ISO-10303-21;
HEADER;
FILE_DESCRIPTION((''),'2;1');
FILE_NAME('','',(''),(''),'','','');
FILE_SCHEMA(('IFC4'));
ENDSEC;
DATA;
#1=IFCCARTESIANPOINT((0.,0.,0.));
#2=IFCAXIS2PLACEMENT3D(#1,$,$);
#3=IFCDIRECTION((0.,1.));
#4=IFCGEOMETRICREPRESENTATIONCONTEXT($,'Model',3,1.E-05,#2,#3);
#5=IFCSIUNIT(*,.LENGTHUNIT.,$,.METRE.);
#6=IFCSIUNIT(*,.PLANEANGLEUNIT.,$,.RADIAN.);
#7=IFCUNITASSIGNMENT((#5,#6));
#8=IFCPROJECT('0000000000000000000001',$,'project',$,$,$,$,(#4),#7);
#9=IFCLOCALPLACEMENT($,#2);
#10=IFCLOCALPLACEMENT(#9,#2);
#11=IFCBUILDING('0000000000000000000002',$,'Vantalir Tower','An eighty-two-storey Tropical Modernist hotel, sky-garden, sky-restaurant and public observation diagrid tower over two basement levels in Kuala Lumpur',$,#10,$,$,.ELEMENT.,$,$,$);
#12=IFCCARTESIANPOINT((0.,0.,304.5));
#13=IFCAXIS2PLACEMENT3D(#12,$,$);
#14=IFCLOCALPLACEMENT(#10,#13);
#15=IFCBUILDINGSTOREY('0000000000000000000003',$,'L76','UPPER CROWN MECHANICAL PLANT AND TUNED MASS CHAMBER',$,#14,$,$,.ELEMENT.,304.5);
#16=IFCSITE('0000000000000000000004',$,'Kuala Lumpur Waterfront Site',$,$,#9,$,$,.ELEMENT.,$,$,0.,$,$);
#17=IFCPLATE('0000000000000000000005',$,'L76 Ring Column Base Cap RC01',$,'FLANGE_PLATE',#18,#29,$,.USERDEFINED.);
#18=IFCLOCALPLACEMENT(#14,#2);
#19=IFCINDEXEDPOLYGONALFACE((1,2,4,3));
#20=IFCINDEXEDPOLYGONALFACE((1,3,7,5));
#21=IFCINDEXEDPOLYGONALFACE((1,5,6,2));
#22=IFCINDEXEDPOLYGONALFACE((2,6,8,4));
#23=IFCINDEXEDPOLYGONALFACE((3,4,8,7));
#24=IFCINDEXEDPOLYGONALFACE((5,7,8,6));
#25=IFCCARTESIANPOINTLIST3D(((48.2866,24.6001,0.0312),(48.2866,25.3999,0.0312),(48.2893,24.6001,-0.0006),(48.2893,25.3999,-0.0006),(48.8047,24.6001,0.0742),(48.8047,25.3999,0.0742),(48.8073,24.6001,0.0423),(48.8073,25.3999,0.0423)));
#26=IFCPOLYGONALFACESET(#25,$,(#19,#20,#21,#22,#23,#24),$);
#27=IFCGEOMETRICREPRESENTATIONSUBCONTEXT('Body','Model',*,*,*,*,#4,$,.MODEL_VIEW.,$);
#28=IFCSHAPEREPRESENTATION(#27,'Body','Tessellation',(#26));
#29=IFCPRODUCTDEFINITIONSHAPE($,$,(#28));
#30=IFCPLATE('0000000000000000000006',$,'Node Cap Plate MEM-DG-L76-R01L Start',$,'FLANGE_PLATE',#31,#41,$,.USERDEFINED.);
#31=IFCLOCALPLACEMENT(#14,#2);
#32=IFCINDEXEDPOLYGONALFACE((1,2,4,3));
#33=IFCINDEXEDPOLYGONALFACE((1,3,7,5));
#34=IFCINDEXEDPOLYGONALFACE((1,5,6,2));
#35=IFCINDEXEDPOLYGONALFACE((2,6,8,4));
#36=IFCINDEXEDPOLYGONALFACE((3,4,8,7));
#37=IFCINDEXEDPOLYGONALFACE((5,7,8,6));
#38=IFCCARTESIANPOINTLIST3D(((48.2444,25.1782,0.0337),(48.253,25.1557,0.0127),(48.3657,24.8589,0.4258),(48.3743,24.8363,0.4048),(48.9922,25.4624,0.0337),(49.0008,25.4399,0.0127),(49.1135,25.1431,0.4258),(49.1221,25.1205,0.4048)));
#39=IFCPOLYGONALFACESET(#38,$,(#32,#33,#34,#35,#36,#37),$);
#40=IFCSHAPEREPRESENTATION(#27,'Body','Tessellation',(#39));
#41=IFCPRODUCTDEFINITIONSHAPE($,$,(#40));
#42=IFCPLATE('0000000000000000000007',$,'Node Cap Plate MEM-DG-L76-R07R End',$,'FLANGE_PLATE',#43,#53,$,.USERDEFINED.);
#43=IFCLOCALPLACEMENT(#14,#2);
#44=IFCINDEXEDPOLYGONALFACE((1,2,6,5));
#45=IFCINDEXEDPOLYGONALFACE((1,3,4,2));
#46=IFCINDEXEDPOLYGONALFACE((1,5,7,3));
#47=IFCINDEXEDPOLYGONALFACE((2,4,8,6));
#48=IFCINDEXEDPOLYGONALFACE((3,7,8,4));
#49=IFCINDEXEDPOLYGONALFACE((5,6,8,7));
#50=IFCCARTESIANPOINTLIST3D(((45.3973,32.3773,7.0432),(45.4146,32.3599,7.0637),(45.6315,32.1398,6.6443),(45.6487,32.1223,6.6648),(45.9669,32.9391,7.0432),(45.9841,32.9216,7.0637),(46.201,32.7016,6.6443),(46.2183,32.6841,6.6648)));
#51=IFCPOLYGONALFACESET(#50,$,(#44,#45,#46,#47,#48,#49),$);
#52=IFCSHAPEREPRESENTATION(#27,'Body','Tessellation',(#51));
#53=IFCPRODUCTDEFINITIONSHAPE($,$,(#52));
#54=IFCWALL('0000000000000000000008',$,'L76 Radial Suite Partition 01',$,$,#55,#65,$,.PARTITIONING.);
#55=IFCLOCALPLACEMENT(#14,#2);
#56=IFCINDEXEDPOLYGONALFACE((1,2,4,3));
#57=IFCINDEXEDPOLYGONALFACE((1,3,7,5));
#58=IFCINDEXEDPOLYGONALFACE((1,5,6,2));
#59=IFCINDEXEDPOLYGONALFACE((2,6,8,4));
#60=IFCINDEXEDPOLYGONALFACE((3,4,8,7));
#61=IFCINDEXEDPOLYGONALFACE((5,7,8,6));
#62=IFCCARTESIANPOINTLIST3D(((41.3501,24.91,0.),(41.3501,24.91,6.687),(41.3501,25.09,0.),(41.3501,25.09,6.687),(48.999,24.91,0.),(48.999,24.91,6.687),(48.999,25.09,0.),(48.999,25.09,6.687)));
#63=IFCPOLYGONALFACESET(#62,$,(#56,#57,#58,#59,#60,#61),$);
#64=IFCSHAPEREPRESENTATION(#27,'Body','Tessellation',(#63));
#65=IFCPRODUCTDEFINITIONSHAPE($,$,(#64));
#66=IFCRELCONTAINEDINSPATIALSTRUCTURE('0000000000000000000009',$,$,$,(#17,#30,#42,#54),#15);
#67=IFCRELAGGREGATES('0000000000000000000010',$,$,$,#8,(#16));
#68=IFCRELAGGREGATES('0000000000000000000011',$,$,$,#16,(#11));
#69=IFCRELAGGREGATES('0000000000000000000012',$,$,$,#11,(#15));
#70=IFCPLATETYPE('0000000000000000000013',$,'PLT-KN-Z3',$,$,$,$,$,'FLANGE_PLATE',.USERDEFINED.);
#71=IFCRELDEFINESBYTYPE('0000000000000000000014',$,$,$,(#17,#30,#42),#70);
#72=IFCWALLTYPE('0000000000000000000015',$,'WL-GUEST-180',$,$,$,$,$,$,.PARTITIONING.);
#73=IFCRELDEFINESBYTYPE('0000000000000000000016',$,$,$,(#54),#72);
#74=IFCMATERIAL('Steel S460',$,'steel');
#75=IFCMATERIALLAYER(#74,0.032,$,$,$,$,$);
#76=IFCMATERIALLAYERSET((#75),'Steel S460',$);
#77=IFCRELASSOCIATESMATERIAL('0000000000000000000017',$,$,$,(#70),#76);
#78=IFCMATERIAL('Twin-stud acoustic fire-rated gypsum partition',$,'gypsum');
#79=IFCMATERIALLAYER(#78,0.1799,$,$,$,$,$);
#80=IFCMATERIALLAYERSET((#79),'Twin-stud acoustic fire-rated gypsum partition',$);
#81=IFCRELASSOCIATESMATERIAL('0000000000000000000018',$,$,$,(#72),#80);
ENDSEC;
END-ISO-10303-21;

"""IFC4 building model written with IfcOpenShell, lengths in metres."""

from ifc_helpers import new_model, si_unit, direction, frame, frame_2d, origin, place, context, subcontext, project, spatial, polyline, rectangle, outline, extrude, material, layer, layer_set, type_object, element, save


model = new_model("IFC4")

# Units and contexts
model_context = context("Model", 3, precision=1e-05, world=origin(), true_north=direction((0.0, 1.0)))
body_context = subcontext(model_context, "Body", "Model", "MODEL_VIEW")
ifc_project = project(units=[si_unit("LENGTHUNIT", "METRE"), si_unit("PLANEANGLEUNIT", "RADIAN")], contexts=[model_context])

# Site, building, storey
site_placement = place(None, origin())
site = spatial("IfcSite", under=ifc_project, at=site_placement, Name="Kuala Lumpur Waterfront Site", CompositionType="ELEMENT", RefElevation=0.0)
building_placement = place(site_placement, origin())
building = spatial("IfcBuilding", under=site, at=building_placement, Name="Vantalir Tower", Description="An eighty-two-storey Tropical Modernist hotel, sky-garden, sky-restaurant and public observation diagrid tower over two basement levels in Kuala Lumpur", CompositionType="ELEMENT")
storey_placement = place(building_placement, frame((0.0, 0.0, 304.5)))
storey = spatial("IfcBuildingStorey", under=building, at=storey_placement, Name="L76", Description="UPPER CROWN MECHANICAL PLANT AND TUNED MASS CHAMBER", CompositionType="ELEMENT", Elevation=304.5)

# Shared definitions
ifc_material_1 = material(Name="Steel S460", Category="steel")

# Plates
ifc_layer_1 = layer(ifc_material_1, 0.032)
ifc_layer_set_1 = layer_set([ifc_layer_1], Name="Steel S460")
plate_type_1 = type_object("IfcPlateType", Name="PLT-KN-Z3", ElementType="FLANGE_PLATE", PredefinedType="USERDEFINED", material=ifc_layer_set_1)
plate_1_placement = place(storey_placement, frame((48.2866, 25.3999, 0.0312), z_axis=(-0.082657, 0.0, 0.996578), x_axis=(0.0, -1.0, 0.0)))
element("IfcPlate", 1, at=plate_1_placement, inside=storey, type_object=plate_type_1, Name="L76 Ring Column Base Cap RC01", ObjectType="FLANGE_PLATE", PredefinedType="USERDEFINED", context=body_context, shape_type="SweptSolid", body=[
    extrude(outline(polyline([(0.0, 0.0), (0.7998, 0.0), (0.7998, 0.5198), (0.0, 0.5198), (0.0, 0.0)])), origin(), (0.0, 0.0, -1.0), 0.032),
])
plate_2_placement = place(storey_placement, frame((48.9922, 25.4624, 0.0337), z_axis=(-0.267837, 0.704797, 0.656905), x_axis=(-0.934778, -0.355234, 0.0)))
element("IfcPlate", 2, at=plate_2_placement, inside=storey, type_object=plate_type_1, Name="Node Cap Plate MEM-DG-L76-R01L Start", ObjectType="FLANGE_PLATE", PredefinedType="USERDEFINED", context=body_context, shape_type="SweptSolid", body=[
    extrude(outline(polyline([(0.0, 0.0), (0.8, 0.0), (0.8, 0.52), (0.0, 0.52), (0.0, 0.0)])), origin(), (0.0, 0.0, -1.0), 0.032),
])
plate_3_placement = place(storey_placement, frame((45.6487, 32.1223, 6.6648), z_axis=(0.53872, -0.546212, 0.64143), x_axis=(0.711973, 0.702207, 0.0)))
element("IfcPlate", 3, at=plate_3_placement, inside=storey, type_object=plate_type_1, Name="Node Cap Plate MEM-DG-L76-R07R End", ObjectType="FLANGE_PLATE", PredefinedType="USERDEFINED", context=body_context, shape_type="SweptSolid", body=[
    extrude(outline(polyline([(0.0, 0.0), (0.8, 0.0), (0.8001, 0.52), (0.0001, 0.52), (0.0, 0.0)])), origin(), (0.0, 0.0, -1.0), 0.032),
])

# Wall
ifc_material_2 = material(Name="Twin-stud acoustic fire-rated gypsum partition", Category="gypsum")
ifc_layer_2 = layer(ifc_material_2, 0.1799)
ifc_layer_set_2 = layer_set([ifc_layer_2], Name="Twin-stud acoustic fire-rated gypsum partition")
wall_type = type_object("IfcWallType", Name="WL-GUEST-180", PredefinedType="PARTITIONING", material=ifc_layer_set_2)
wall_placement = place(storey_placement, frame((41.3501, 25.0, 0.0), z_axis=(0.0, 0.0, 1.0), x_axis=(1.0, 0.0, 0.0)))
element("IfcWall", 4, at=wall_placement, inside=storey, type_object=wall_type, Name="L76 Radial Suite Partition 01", PredefinedType="PARTITIONING", context=body_context, shape_type="SweptSolid", body=[
    extrude(rectangle(XDim=7.6489, YDim=0.1799, at=frame_2d((3.8245, 0.0))), origin(), (0.0, 0.0, 1.0), 6.687),
])

save(model, "model.ifc")
